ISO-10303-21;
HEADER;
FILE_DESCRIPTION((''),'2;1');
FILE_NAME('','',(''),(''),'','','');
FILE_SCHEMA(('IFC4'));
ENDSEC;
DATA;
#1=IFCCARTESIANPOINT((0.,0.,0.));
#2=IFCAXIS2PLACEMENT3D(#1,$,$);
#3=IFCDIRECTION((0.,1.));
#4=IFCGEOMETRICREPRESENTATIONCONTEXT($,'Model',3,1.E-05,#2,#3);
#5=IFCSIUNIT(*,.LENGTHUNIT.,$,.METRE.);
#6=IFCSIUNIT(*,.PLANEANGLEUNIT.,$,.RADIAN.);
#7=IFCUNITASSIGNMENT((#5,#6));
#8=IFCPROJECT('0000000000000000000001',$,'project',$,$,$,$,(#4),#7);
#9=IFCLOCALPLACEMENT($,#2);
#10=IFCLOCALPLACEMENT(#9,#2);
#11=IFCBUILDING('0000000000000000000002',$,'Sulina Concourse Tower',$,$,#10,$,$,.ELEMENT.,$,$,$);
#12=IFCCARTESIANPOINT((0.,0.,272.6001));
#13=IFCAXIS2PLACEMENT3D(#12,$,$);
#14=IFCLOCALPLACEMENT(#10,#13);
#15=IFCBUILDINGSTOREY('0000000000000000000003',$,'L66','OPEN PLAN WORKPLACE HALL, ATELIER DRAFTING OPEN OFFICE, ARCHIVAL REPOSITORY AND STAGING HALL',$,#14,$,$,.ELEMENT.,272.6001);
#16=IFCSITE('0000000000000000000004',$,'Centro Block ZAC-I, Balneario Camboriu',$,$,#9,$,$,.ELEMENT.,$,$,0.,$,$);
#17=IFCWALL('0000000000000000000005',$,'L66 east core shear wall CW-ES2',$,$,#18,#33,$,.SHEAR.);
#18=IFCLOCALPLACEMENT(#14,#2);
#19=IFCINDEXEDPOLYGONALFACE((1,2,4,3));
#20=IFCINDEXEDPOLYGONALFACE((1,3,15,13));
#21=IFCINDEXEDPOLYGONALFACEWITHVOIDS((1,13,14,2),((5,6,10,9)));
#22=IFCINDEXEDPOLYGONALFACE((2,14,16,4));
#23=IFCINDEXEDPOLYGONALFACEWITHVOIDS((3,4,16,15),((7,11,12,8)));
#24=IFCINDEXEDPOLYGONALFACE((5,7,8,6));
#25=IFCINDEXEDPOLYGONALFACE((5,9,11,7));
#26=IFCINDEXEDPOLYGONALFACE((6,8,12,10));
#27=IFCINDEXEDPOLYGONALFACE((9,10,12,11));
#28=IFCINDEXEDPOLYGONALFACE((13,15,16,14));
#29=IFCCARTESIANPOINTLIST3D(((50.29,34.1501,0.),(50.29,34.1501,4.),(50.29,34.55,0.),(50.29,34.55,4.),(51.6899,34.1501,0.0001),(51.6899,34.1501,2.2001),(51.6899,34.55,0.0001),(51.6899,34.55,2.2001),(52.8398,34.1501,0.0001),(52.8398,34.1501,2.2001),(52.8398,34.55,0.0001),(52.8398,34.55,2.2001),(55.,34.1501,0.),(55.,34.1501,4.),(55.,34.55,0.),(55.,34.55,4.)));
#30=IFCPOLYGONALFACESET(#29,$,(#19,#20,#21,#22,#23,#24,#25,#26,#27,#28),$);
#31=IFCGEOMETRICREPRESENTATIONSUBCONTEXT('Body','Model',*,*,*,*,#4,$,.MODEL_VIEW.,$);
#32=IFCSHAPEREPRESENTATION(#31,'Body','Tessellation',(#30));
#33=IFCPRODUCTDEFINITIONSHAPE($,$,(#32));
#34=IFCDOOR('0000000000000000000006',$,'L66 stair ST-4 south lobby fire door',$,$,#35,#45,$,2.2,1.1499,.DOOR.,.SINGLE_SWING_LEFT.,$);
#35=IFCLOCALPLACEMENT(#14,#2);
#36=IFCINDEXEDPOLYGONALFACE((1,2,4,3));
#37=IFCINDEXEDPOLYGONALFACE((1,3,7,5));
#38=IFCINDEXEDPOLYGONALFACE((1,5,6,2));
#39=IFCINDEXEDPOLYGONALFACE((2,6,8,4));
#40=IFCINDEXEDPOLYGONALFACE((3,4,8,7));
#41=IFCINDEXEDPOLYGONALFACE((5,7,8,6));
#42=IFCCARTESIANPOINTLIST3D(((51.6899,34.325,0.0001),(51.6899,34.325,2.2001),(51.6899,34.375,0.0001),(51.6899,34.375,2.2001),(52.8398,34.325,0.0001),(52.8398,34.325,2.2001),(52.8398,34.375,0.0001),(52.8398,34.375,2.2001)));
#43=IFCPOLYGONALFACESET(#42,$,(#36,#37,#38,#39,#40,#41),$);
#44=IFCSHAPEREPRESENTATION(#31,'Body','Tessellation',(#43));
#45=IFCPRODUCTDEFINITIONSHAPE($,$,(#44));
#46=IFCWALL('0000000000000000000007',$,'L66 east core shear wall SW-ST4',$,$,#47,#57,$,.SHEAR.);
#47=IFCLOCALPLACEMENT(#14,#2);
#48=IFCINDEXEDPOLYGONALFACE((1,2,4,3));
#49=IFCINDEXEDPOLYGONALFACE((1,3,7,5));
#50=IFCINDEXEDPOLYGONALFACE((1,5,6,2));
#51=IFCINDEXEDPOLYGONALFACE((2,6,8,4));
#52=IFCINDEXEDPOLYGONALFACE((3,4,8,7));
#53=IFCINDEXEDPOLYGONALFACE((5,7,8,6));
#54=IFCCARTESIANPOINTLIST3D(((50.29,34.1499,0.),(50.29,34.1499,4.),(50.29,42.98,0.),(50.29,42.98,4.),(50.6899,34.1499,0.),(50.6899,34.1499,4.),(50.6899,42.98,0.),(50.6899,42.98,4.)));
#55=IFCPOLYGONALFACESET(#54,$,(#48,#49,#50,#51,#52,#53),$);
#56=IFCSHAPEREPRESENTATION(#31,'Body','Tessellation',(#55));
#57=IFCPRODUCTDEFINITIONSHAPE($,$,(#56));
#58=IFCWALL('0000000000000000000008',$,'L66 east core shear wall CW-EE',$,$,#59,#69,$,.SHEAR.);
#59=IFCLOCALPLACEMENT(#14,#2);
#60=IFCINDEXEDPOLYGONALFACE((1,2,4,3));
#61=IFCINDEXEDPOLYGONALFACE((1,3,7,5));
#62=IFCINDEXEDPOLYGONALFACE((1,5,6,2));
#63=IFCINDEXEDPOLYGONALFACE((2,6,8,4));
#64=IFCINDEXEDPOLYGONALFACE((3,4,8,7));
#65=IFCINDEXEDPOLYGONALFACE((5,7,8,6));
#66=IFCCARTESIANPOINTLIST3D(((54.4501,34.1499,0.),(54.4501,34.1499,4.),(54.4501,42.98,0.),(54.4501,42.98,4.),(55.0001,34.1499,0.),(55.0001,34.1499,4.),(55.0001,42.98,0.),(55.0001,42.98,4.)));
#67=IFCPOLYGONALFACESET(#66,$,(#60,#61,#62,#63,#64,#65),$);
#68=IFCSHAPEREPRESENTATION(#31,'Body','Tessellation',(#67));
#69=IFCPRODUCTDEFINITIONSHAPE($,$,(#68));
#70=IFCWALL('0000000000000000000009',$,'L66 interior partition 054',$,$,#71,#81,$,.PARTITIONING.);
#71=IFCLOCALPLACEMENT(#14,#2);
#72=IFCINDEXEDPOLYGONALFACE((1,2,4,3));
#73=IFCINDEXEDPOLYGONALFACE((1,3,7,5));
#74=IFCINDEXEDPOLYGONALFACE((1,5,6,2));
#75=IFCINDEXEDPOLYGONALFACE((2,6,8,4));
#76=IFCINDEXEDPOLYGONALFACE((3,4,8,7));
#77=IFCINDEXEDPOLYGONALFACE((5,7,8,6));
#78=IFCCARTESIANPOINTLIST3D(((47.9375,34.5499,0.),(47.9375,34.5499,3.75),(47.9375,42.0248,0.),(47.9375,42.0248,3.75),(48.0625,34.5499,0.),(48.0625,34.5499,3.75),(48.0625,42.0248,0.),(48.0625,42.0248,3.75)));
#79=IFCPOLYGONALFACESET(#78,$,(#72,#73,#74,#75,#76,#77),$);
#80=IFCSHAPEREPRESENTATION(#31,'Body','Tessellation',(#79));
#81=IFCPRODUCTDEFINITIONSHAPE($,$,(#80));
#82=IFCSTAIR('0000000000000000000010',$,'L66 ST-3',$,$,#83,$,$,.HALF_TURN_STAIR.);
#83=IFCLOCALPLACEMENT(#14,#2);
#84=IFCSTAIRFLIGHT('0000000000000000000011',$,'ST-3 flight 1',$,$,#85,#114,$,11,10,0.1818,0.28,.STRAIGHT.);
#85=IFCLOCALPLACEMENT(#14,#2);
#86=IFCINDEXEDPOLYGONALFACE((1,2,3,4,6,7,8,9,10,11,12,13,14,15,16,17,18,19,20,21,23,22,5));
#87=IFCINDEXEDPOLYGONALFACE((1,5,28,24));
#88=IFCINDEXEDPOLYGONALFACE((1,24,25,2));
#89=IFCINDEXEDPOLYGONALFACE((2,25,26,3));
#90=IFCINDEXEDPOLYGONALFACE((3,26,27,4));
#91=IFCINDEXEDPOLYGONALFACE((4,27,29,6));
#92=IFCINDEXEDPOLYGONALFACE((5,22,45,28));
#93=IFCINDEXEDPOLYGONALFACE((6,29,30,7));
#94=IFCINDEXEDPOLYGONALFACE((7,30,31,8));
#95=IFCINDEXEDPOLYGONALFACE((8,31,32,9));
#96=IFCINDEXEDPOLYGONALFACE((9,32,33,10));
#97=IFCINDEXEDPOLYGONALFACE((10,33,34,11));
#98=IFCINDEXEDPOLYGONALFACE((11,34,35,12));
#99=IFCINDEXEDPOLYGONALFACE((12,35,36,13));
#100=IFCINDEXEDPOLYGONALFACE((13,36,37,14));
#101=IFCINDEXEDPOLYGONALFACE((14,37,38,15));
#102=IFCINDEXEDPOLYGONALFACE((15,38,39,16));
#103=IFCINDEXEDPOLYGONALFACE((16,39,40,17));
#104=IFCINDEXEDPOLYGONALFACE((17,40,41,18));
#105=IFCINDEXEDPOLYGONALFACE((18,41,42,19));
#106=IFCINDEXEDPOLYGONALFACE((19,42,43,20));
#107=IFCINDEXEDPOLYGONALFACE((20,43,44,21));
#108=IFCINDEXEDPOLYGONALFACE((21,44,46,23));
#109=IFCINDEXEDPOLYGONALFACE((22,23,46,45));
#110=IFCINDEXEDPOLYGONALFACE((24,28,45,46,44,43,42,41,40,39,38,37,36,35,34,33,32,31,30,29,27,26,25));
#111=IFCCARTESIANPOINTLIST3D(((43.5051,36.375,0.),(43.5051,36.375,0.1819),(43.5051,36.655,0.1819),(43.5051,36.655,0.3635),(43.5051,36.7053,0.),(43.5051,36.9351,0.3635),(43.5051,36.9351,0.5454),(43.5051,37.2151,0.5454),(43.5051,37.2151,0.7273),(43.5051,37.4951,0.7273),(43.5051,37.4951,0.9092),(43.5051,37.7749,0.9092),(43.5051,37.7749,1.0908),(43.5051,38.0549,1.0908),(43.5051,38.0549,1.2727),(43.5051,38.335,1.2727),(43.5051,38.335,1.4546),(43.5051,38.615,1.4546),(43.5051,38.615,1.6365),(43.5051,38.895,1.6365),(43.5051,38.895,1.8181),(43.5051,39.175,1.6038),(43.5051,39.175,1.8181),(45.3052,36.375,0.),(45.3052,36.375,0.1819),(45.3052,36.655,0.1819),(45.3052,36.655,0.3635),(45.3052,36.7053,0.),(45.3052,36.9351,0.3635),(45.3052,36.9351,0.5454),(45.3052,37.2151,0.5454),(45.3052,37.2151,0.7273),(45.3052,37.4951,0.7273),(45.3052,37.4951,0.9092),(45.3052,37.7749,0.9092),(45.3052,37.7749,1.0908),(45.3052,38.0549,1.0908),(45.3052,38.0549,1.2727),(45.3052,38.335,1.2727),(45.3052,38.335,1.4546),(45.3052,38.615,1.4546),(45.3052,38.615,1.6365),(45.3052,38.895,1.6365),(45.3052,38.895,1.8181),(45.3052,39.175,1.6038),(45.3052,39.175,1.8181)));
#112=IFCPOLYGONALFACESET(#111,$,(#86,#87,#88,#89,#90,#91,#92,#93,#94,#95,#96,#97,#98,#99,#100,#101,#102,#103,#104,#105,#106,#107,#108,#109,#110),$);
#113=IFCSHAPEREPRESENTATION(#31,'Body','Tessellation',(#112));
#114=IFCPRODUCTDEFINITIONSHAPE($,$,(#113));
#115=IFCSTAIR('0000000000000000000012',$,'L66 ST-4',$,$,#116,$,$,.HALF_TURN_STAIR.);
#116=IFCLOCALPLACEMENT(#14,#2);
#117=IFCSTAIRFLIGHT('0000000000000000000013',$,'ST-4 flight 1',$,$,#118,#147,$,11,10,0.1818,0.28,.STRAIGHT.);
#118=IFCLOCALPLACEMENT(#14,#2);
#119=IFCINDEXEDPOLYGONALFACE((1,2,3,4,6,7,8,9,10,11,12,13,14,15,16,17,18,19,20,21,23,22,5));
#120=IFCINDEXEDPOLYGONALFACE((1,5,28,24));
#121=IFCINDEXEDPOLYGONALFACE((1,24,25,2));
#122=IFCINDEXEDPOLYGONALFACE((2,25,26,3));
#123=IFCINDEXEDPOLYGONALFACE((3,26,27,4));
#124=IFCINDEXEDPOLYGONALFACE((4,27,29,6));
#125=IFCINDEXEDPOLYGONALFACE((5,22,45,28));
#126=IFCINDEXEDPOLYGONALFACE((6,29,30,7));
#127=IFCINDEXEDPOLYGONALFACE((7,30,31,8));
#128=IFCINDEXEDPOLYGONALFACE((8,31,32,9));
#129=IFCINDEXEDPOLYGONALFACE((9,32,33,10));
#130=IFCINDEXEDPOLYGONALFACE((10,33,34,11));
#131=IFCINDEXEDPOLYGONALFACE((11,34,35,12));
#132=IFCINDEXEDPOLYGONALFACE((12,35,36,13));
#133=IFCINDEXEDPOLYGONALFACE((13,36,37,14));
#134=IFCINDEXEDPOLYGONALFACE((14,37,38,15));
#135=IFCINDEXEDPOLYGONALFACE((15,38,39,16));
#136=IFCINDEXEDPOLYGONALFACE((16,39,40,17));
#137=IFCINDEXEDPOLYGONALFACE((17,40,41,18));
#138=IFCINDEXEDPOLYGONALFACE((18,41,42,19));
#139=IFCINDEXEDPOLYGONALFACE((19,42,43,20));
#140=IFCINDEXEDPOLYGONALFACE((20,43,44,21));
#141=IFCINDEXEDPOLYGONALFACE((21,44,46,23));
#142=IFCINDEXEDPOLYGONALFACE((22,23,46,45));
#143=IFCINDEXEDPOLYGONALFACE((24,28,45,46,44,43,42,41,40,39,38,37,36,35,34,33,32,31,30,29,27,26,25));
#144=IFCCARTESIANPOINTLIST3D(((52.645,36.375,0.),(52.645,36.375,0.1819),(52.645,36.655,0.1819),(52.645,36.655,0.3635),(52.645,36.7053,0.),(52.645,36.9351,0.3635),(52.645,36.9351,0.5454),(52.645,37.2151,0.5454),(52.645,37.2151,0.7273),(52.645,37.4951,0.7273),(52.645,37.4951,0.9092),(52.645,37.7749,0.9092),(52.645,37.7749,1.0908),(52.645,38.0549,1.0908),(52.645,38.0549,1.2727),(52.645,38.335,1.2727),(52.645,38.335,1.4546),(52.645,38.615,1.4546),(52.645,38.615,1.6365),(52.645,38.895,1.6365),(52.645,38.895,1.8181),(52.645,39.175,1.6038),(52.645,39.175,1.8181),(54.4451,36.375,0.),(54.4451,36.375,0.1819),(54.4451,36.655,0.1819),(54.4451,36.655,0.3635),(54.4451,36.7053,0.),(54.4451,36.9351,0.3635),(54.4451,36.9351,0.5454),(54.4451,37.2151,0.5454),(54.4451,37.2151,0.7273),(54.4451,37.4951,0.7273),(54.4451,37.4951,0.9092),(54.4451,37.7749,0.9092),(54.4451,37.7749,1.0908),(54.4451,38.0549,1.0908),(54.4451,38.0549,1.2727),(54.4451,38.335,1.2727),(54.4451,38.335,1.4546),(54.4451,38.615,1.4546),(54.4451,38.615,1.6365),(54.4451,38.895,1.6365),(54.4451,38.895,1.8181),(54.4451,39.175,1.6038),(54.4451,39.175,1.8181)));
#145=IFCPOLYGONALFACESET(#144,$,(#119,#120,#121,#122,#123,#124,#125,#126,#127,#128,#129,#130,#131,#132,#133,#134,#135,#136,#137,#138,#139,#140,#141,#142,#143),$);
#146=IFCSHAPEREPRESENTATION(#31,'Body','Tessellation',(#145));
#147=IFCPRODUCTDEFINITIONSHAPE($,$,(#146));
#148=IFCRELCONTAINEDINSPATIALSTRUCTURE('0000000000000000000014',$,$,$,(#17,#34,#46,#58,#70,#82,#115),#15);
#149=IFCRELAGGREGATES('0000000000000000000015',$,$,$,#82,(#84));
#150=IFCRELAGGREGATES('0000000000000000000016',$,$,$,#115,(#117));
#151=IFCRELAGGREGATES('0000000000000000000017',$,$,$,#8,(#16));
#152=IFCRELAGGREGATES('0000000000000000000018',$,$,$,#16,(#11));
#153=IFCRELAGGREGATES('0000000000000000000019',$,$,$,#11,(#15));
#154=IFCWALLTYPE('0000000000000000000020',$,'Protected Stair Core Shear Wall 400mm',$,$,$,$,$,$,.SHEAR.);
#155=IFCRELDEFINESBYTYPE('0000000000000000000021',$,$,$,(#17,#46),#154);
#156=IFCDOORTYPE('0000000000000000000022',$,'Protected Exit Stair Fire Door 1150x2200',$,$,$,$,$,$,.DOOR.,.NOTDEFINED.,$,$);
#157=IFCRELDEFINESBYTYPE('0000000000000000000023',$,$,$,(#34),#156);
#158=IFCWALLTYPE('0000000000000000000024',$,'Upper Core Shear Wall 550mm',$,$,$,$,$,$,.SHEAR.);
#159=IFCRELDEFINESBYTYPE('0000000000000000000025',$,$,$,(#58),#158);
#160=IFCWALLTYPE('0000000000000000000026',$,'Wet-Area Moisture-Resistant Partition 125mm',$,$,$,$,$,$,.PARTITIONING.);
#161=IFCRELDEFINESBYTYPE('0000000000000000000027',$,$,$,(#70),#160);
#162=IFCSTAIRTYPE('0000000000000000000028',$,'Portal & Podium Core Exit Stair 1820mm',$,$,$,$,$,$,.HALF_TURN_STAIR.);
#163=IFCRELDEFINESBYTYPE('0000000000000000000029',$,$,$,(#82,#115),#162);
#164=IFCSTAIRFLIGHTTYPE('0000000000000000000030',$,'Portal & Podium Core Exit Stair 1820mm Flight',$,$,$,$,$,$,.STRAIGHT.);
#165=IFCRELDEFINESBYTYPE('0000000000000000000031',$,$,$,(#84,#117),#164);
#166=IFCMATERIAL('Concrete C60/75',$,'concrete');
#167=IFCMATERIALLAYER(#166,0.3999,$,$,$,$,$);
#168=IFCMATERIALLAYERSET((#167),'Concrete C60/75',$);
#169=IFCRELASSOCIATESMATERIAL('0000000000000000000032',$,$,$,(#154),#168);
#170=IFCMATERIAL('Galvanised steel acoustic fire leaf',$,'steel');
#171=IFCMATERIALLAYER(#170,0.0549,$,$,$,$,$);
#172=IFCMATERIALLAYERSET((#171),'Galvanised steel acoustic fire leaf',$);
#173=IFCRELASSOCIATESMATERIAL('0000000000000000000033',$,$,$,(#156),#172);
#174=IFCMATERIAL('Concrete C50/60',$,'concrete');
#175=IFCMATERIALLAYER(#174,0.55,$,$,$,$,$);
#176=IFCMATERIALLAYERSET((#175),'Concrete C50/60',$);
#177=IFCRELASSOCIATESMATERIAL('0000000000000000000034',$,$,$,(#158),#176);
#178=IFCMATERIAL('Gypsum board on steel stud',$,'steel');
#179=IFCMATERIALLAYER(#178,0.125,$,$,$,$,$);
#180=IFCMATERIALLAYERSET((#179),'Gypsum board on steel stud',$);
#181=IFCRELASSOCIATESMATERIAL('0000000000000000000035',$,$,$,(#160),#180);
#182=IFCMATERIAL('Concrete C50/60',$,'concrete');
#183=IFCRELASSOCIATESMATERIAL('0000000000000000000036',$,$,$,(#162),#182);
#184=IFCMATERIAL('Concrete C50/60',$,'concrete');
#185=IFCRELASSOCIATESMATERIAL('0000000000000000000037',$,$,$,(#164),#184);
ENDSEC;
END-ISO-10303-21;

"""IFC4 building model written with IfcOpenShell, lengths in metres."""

from ifc_helpers import new_model, si_unit, direction, frame, frame_2d, origin, place, context, subcontext, project, spatial, polyline, rectangle, outline, extrude, material, layer, layer_set, type_object, element, fill, aggregate, save


model = new_model("IFC4")

# Units and contexts
model_context = context("Model", 3, precision=1e-05, world=origin(), true_north=direction((0.0, 1.0)))
body_context = subcontext(model_context, "Body", "Model", "MODEL_VIEW")
ifc_project = project(units=[si_unit("LENGTHUNIT", "METRE"), si_unit("PLANEANGLEUNIT", "RADIAN")], contexts=[model_context])

# Site, building, storey
site_placement = place(None, origin())
site = spatial("IfcSite", under=ifc_project, at=site_placement, Name="Centro Block ZAC-I, Balneario Camboriu", CompositionType="ELEMENT", RefElevation=0.0)
building_placement = place(site_placement, origin())
building = spatial("IfcBuilding", under=site, at=building_placement, Name="Sulina Concourse Tower", CompositionType="ELEMENT")
storey_placement = place(building_placement, frame((0.0, 0.0, 272.6001)))
storey = spatial("IfcBuildingStorey", under=building, at=storey_placement, Name="L66", Description="OPEN PLAN WORKPLACE HALL, ATELIER DRAFTING OPEN OFFICE, ARCHIVAL REPOSITORY AND STAGING HALL", CompositionType="ELEMENT", Elevation=272.6001)

# Shared definitions
ifc_material_1 = material(Name="Concrete C60/75", Category="concrete")
ifc_layer_1 = layer(ifc_material_1, 0.3999)
ifc_layer_set_1 = layer_set([ifc_layer_1], Name="Concrete C60/75")
wall_type_1 = type_object("IfcWallType", Name="Protected Stair Core Shear Wall 400mm", PredefinedType="SHEAR", material=ifc_layer_set_1)

# Wall, opening, door
wall_1_placement = place(storey_placement, frame((50.29, 34.3501, 0.0), z_axis=(0.0, 0.0, 1.0), x_axis=(1.0, 0.0, 0.0)))
wall_1 = element("IfcWall", 1, at=wall_1_placement, inside=storey, type_object=wall_type_1, Name="L66 east core shear wall CW-ES2", PredefinedType="SHEAR", context=body_context, shape_type="SweptSolid", body=[
    extrude(rectangle(XDim=4.71, YDim=0.3999, at=frame_2d((2.355, 0.0))), origin(), (0.0, 0.0, 1.0), 4.0),
])
opening_1_placement = place(wall_1_placement, frame((1.3999, 0.0, 0.0)))
opening_1 = element("IfcOpeningElement", 2, at=opening_1_placement, cuts=wall_1, PredefinedType="OPENING", context=body_context, shape_type="SweptSolid", body=[
    extrude(rectangle(XDim=1.1499, YDim=2.2, at=frame_2d((0.575, 1.1001))), frame((0.0, 0.21, 0.0), z_axis=(0.0, -1.0, 0.0), x_axis=(1.0, 0.0, 0.0)), (0.0, 0.0, 1.0), 0.4199),
])
ifc_material_2 = material(Name="Galvanised steel acoustic fire leaf", Category="steel")
ifc_layer_2 = layer(ifc_material_2, 0.0549)
ifc_layer_set_2 = layer_set([ifc_layer_2], Name="Galvanised steel acoustic fire leaf")
door_type_1 = type_object("IfcDoorType", Name="Protected Exit Stair Fire Door 1150x2200", OperationType="NOTDEFINED", PredefinedType="DOOR", material=ifc_layer_set_2)
door_1_placement = place(opening_1_placement, origin())
door_1 = element("IfcDoor", 3, at=door_1_placement, inside=storey, type_object=door_type_1, Name="L66 stair ST-4 south lobby fire door", OperationType="SINGLE_SWING_LEFT", OverallHeight=2.2, OverallWidth=1.1499, PredefinedType="DOOR", context=body_context, shape_type="SweptSolid", body=[
    extrude(rectangle(XDim=1.1499, YDim=2.2, at=frame_2d((0.575, 1.1001))), frame((0.0, 0.0249, 0.0), z_axis=(0.0, -1.0, 0.0), x_axis=(1.0, 0.0, 0.0)), (0.0, 0.0, 1.0), 0.05),
])
fill(opening_1, door_1)

# Walls
wall_2_placement = place(storey_placement, frame((50.49, 34.1499, 0.0), z_axis=(0.0, 0.0, 1.0), x_axis=(0.0, 1.0, 0.0)))
element("IfcWall", 4, at=wall_2_placement, inside=storey, type_object=wall_type_1, Name="L66 east core shear wall SW-ST4", PredefinedType="SHEAR", context=body_context, shape_type="SweptSolid", body=[
    extrude(rectangle(XDim=8.8301, YDim=0.3999, at=frame_2d((4.415, 0.0))), origin(), (0.0, 0.0, 1.0), 4.0),
])
ifc_material_3 = material(Name="Concrete C50/60", Category="concrete")
ifc_layer_3 = layer(ifc_material_3, 0.55)
ifc_layer_set_3 = layer_set([ifc_layer_3], Name="Concrete C50/60")
wall_type_2 = type_object("IfcWallType", Name="Upper Core Shear Wall 550mm", PredefinedType="SHEAR", material=ifc_layer_set_3)
wall_3_placement = place(storey_placement, frame((54.7251, 34.1499, 0.0), z_axis=(0.0, 0.0, 1.0), x_axis=(0.0, 1.0, 0.0)))
element("IfcWall", 5, at=wall_3_placement, inside=storey, type_object=wall_type_2, Name="L66 east core shear wall CW-EE", PredefinedType="SHEAR", context=body_context, shape_type="SweptSolid", body=[
    extrude(rectangle(XDim=8.8301, YDim=0.55, at=frame_2d((4.415, 0.0))), origin(), (0.0, 0.0, 1.0), 4.0),
])
ifc_material_4 = material(Name="Gypsum board on steel stud", Category="steel")
ifc_layer_4 = layer(ifc_material_4, 0.125)
ifc_layer_set_4 = layer_set([ifc_layer_4], Name="Gypsum board on steel stud")
wall_type_3 = type_object("IfcWallType", Name="Wet-Area Moisture-Resistant Partition 125mm", PredefinedType="PARTITIONING", material=ifc_layer_set_4)
wall_4_placement = place(storey_placement, frame((48.0, 34.55, 0.0), z_axis=(0.0, 0.0, 1.0), x_axis=(0.0, 1.0, 0.0)))
element("IfcWall", 6, at=wall_4_placement, inside=storey, type_object=wall_type_3, Name="L66 interior partition 054", PredefinedType="PARTITIONING", context=body_context, shape_type="SweptSolid", body=[
    extrude(rectangle(XDim=7.4749, YDim=0.125, at=frame_2d((3.7373, 0.0))), origin(), (0.0, 0.0, 1.0), 3.75),
])

# Stairs, stair flights
ifc_material_5 = material(Name="Concrete C50/60", Category="concrete")
stair_type = type_object("IfcStairType", Name="Portal & Podium Core Exit Stair 1820mm", PredefinedType="HALF_TURN_STAIR", material=ifc_material_5)
stair_1_placement = place(storey_placement, origin())
stair_1 = element("IfcStair", 7, at=stair_1_placement, inside=storey, type_object=stair_type, Name="L66 ST-3", PredefinedType="HALF_TURN_STAIR")
ifc_material_6 = material(Name="Concrete C50/60", Category="concrete")
stair_flight_type = type_object("IfcStairFlightType", Name="Portal & Podium Core Exit Stair 1820mm Flight", PredefinedType="STRAIGHT", material=ifc_material_6)
stair_flight_1_placement = place(storey_placement, frame((44.405, 36.375, 0.0), z_axis=(0.0, 0.0, 1.0), x_axis=(0.0, 1.0, 0.0)))
stair_flight_1 = element("IfcStairFlight", 8, at=stair_flight_1_placement, type_object=stair_flight_type, Name="ST-3 flight 1", NumberOfRisers=11, NumberOfTreads=10, PredefinedType="STRAIGHT", RiserHeight=0.1818, TreadLength=0.28, context=body_context, shape_type="SweptSolid", body=[
    extrude(outline(polyline([(0.0, 0.0), (0.0, 0.1819), (0.28, 0.1819), (0.28, 0.3635), (0.5601, 0.3635), (0.5601, 0.5454), (0.8401, 0.5454), (0.8401, 0.7273), (1.1201, 0.7273), (1.1201, 0.9092), (1.3999, 0.9092), (1.3999, 1.0908), (1.6799, 1.0908), (1.6799, 1.2727), (1.96, 1.2727), (1.96, 1.4546), (2.24, 1.4546), (2.24, 1.6365), (2.52, 1.6365), (2.52, 1.8181), (2.8, 1.8181), (2.8, 2.0), (2.8, 1.6038), (0.3303, 0.0), (0.0, 0.0)])), frame((0.0, 0.8999, 0.0), z_axis=(0.0, -1.0, 0.0), x_axis=(1.0, 0.0, 0.0)), (0.0, 0.0, 1.0), 1.8),
])
aggregate(stair_1, [stair_flight_1])
stair_2_placement = place(storey_placement, origin())
stair_2 = element("IfcStair", 9, at=stair_2_placement, inside=storey, type_object=stair_type, Name="L66 ST-4", PredefinedType="HALF_TURN_STAIR")
stair_flight_2_placement = place(storey_placement, frame((53.5449, 36.375, 0.0), z_axis=(0.0, 0.0, 1.0), x_axis=(0.0, 1.0, 0.0)))
stair_flight_2 = element("IfcStairFlight", 10, at=stair_flight_2_placement, type_object=stair_flight_type, Name="ST-4 flight 1", NumberOfRisers=11, NumberOfTreads=10, PredefinedType="STRAIGHT", RiserHeight=0.1818, TreadLength=0.28, context=body_context, shape_type="SweptSolid", body=[
    extrude(outline(polyline([(0.0, 0.0), (0.0, 0.1819), (0.28, 0.1819), (0.28, 0.3635), (0.5601, 0.3635), (0.5601, 0.5454), (0.8401, 0.5454), (0.8401, 0.7273), (1.1201, 0.7273), (1.1201, 0.9092), (1.3999, 0.9092), (1.3999, 1.0908), (1.6799, 1.0908), (1.6799, 1.2727), (1.96, 1.2727), (1.96, 1.4546), (2.24, 1.4546), (2.24, 1.6365), (2.52, 1.6365), (2.52, 1.8181), (2.8, 1.8181), (2.8, 2.0), (2.8, 1.6038), (0.3303, 0.0), (0.0, 0.0)])), frame((0.0, 0.8999, 0.0), z_axis=(0.0, -1.0, 0.0), x_axis=(1.0, 0.0, 0.0)), (0.0, 0.0, 1.0), 1.8),
])
aggregate(stair_2, [stair_flight_2])

save(model, "model.ifc")
